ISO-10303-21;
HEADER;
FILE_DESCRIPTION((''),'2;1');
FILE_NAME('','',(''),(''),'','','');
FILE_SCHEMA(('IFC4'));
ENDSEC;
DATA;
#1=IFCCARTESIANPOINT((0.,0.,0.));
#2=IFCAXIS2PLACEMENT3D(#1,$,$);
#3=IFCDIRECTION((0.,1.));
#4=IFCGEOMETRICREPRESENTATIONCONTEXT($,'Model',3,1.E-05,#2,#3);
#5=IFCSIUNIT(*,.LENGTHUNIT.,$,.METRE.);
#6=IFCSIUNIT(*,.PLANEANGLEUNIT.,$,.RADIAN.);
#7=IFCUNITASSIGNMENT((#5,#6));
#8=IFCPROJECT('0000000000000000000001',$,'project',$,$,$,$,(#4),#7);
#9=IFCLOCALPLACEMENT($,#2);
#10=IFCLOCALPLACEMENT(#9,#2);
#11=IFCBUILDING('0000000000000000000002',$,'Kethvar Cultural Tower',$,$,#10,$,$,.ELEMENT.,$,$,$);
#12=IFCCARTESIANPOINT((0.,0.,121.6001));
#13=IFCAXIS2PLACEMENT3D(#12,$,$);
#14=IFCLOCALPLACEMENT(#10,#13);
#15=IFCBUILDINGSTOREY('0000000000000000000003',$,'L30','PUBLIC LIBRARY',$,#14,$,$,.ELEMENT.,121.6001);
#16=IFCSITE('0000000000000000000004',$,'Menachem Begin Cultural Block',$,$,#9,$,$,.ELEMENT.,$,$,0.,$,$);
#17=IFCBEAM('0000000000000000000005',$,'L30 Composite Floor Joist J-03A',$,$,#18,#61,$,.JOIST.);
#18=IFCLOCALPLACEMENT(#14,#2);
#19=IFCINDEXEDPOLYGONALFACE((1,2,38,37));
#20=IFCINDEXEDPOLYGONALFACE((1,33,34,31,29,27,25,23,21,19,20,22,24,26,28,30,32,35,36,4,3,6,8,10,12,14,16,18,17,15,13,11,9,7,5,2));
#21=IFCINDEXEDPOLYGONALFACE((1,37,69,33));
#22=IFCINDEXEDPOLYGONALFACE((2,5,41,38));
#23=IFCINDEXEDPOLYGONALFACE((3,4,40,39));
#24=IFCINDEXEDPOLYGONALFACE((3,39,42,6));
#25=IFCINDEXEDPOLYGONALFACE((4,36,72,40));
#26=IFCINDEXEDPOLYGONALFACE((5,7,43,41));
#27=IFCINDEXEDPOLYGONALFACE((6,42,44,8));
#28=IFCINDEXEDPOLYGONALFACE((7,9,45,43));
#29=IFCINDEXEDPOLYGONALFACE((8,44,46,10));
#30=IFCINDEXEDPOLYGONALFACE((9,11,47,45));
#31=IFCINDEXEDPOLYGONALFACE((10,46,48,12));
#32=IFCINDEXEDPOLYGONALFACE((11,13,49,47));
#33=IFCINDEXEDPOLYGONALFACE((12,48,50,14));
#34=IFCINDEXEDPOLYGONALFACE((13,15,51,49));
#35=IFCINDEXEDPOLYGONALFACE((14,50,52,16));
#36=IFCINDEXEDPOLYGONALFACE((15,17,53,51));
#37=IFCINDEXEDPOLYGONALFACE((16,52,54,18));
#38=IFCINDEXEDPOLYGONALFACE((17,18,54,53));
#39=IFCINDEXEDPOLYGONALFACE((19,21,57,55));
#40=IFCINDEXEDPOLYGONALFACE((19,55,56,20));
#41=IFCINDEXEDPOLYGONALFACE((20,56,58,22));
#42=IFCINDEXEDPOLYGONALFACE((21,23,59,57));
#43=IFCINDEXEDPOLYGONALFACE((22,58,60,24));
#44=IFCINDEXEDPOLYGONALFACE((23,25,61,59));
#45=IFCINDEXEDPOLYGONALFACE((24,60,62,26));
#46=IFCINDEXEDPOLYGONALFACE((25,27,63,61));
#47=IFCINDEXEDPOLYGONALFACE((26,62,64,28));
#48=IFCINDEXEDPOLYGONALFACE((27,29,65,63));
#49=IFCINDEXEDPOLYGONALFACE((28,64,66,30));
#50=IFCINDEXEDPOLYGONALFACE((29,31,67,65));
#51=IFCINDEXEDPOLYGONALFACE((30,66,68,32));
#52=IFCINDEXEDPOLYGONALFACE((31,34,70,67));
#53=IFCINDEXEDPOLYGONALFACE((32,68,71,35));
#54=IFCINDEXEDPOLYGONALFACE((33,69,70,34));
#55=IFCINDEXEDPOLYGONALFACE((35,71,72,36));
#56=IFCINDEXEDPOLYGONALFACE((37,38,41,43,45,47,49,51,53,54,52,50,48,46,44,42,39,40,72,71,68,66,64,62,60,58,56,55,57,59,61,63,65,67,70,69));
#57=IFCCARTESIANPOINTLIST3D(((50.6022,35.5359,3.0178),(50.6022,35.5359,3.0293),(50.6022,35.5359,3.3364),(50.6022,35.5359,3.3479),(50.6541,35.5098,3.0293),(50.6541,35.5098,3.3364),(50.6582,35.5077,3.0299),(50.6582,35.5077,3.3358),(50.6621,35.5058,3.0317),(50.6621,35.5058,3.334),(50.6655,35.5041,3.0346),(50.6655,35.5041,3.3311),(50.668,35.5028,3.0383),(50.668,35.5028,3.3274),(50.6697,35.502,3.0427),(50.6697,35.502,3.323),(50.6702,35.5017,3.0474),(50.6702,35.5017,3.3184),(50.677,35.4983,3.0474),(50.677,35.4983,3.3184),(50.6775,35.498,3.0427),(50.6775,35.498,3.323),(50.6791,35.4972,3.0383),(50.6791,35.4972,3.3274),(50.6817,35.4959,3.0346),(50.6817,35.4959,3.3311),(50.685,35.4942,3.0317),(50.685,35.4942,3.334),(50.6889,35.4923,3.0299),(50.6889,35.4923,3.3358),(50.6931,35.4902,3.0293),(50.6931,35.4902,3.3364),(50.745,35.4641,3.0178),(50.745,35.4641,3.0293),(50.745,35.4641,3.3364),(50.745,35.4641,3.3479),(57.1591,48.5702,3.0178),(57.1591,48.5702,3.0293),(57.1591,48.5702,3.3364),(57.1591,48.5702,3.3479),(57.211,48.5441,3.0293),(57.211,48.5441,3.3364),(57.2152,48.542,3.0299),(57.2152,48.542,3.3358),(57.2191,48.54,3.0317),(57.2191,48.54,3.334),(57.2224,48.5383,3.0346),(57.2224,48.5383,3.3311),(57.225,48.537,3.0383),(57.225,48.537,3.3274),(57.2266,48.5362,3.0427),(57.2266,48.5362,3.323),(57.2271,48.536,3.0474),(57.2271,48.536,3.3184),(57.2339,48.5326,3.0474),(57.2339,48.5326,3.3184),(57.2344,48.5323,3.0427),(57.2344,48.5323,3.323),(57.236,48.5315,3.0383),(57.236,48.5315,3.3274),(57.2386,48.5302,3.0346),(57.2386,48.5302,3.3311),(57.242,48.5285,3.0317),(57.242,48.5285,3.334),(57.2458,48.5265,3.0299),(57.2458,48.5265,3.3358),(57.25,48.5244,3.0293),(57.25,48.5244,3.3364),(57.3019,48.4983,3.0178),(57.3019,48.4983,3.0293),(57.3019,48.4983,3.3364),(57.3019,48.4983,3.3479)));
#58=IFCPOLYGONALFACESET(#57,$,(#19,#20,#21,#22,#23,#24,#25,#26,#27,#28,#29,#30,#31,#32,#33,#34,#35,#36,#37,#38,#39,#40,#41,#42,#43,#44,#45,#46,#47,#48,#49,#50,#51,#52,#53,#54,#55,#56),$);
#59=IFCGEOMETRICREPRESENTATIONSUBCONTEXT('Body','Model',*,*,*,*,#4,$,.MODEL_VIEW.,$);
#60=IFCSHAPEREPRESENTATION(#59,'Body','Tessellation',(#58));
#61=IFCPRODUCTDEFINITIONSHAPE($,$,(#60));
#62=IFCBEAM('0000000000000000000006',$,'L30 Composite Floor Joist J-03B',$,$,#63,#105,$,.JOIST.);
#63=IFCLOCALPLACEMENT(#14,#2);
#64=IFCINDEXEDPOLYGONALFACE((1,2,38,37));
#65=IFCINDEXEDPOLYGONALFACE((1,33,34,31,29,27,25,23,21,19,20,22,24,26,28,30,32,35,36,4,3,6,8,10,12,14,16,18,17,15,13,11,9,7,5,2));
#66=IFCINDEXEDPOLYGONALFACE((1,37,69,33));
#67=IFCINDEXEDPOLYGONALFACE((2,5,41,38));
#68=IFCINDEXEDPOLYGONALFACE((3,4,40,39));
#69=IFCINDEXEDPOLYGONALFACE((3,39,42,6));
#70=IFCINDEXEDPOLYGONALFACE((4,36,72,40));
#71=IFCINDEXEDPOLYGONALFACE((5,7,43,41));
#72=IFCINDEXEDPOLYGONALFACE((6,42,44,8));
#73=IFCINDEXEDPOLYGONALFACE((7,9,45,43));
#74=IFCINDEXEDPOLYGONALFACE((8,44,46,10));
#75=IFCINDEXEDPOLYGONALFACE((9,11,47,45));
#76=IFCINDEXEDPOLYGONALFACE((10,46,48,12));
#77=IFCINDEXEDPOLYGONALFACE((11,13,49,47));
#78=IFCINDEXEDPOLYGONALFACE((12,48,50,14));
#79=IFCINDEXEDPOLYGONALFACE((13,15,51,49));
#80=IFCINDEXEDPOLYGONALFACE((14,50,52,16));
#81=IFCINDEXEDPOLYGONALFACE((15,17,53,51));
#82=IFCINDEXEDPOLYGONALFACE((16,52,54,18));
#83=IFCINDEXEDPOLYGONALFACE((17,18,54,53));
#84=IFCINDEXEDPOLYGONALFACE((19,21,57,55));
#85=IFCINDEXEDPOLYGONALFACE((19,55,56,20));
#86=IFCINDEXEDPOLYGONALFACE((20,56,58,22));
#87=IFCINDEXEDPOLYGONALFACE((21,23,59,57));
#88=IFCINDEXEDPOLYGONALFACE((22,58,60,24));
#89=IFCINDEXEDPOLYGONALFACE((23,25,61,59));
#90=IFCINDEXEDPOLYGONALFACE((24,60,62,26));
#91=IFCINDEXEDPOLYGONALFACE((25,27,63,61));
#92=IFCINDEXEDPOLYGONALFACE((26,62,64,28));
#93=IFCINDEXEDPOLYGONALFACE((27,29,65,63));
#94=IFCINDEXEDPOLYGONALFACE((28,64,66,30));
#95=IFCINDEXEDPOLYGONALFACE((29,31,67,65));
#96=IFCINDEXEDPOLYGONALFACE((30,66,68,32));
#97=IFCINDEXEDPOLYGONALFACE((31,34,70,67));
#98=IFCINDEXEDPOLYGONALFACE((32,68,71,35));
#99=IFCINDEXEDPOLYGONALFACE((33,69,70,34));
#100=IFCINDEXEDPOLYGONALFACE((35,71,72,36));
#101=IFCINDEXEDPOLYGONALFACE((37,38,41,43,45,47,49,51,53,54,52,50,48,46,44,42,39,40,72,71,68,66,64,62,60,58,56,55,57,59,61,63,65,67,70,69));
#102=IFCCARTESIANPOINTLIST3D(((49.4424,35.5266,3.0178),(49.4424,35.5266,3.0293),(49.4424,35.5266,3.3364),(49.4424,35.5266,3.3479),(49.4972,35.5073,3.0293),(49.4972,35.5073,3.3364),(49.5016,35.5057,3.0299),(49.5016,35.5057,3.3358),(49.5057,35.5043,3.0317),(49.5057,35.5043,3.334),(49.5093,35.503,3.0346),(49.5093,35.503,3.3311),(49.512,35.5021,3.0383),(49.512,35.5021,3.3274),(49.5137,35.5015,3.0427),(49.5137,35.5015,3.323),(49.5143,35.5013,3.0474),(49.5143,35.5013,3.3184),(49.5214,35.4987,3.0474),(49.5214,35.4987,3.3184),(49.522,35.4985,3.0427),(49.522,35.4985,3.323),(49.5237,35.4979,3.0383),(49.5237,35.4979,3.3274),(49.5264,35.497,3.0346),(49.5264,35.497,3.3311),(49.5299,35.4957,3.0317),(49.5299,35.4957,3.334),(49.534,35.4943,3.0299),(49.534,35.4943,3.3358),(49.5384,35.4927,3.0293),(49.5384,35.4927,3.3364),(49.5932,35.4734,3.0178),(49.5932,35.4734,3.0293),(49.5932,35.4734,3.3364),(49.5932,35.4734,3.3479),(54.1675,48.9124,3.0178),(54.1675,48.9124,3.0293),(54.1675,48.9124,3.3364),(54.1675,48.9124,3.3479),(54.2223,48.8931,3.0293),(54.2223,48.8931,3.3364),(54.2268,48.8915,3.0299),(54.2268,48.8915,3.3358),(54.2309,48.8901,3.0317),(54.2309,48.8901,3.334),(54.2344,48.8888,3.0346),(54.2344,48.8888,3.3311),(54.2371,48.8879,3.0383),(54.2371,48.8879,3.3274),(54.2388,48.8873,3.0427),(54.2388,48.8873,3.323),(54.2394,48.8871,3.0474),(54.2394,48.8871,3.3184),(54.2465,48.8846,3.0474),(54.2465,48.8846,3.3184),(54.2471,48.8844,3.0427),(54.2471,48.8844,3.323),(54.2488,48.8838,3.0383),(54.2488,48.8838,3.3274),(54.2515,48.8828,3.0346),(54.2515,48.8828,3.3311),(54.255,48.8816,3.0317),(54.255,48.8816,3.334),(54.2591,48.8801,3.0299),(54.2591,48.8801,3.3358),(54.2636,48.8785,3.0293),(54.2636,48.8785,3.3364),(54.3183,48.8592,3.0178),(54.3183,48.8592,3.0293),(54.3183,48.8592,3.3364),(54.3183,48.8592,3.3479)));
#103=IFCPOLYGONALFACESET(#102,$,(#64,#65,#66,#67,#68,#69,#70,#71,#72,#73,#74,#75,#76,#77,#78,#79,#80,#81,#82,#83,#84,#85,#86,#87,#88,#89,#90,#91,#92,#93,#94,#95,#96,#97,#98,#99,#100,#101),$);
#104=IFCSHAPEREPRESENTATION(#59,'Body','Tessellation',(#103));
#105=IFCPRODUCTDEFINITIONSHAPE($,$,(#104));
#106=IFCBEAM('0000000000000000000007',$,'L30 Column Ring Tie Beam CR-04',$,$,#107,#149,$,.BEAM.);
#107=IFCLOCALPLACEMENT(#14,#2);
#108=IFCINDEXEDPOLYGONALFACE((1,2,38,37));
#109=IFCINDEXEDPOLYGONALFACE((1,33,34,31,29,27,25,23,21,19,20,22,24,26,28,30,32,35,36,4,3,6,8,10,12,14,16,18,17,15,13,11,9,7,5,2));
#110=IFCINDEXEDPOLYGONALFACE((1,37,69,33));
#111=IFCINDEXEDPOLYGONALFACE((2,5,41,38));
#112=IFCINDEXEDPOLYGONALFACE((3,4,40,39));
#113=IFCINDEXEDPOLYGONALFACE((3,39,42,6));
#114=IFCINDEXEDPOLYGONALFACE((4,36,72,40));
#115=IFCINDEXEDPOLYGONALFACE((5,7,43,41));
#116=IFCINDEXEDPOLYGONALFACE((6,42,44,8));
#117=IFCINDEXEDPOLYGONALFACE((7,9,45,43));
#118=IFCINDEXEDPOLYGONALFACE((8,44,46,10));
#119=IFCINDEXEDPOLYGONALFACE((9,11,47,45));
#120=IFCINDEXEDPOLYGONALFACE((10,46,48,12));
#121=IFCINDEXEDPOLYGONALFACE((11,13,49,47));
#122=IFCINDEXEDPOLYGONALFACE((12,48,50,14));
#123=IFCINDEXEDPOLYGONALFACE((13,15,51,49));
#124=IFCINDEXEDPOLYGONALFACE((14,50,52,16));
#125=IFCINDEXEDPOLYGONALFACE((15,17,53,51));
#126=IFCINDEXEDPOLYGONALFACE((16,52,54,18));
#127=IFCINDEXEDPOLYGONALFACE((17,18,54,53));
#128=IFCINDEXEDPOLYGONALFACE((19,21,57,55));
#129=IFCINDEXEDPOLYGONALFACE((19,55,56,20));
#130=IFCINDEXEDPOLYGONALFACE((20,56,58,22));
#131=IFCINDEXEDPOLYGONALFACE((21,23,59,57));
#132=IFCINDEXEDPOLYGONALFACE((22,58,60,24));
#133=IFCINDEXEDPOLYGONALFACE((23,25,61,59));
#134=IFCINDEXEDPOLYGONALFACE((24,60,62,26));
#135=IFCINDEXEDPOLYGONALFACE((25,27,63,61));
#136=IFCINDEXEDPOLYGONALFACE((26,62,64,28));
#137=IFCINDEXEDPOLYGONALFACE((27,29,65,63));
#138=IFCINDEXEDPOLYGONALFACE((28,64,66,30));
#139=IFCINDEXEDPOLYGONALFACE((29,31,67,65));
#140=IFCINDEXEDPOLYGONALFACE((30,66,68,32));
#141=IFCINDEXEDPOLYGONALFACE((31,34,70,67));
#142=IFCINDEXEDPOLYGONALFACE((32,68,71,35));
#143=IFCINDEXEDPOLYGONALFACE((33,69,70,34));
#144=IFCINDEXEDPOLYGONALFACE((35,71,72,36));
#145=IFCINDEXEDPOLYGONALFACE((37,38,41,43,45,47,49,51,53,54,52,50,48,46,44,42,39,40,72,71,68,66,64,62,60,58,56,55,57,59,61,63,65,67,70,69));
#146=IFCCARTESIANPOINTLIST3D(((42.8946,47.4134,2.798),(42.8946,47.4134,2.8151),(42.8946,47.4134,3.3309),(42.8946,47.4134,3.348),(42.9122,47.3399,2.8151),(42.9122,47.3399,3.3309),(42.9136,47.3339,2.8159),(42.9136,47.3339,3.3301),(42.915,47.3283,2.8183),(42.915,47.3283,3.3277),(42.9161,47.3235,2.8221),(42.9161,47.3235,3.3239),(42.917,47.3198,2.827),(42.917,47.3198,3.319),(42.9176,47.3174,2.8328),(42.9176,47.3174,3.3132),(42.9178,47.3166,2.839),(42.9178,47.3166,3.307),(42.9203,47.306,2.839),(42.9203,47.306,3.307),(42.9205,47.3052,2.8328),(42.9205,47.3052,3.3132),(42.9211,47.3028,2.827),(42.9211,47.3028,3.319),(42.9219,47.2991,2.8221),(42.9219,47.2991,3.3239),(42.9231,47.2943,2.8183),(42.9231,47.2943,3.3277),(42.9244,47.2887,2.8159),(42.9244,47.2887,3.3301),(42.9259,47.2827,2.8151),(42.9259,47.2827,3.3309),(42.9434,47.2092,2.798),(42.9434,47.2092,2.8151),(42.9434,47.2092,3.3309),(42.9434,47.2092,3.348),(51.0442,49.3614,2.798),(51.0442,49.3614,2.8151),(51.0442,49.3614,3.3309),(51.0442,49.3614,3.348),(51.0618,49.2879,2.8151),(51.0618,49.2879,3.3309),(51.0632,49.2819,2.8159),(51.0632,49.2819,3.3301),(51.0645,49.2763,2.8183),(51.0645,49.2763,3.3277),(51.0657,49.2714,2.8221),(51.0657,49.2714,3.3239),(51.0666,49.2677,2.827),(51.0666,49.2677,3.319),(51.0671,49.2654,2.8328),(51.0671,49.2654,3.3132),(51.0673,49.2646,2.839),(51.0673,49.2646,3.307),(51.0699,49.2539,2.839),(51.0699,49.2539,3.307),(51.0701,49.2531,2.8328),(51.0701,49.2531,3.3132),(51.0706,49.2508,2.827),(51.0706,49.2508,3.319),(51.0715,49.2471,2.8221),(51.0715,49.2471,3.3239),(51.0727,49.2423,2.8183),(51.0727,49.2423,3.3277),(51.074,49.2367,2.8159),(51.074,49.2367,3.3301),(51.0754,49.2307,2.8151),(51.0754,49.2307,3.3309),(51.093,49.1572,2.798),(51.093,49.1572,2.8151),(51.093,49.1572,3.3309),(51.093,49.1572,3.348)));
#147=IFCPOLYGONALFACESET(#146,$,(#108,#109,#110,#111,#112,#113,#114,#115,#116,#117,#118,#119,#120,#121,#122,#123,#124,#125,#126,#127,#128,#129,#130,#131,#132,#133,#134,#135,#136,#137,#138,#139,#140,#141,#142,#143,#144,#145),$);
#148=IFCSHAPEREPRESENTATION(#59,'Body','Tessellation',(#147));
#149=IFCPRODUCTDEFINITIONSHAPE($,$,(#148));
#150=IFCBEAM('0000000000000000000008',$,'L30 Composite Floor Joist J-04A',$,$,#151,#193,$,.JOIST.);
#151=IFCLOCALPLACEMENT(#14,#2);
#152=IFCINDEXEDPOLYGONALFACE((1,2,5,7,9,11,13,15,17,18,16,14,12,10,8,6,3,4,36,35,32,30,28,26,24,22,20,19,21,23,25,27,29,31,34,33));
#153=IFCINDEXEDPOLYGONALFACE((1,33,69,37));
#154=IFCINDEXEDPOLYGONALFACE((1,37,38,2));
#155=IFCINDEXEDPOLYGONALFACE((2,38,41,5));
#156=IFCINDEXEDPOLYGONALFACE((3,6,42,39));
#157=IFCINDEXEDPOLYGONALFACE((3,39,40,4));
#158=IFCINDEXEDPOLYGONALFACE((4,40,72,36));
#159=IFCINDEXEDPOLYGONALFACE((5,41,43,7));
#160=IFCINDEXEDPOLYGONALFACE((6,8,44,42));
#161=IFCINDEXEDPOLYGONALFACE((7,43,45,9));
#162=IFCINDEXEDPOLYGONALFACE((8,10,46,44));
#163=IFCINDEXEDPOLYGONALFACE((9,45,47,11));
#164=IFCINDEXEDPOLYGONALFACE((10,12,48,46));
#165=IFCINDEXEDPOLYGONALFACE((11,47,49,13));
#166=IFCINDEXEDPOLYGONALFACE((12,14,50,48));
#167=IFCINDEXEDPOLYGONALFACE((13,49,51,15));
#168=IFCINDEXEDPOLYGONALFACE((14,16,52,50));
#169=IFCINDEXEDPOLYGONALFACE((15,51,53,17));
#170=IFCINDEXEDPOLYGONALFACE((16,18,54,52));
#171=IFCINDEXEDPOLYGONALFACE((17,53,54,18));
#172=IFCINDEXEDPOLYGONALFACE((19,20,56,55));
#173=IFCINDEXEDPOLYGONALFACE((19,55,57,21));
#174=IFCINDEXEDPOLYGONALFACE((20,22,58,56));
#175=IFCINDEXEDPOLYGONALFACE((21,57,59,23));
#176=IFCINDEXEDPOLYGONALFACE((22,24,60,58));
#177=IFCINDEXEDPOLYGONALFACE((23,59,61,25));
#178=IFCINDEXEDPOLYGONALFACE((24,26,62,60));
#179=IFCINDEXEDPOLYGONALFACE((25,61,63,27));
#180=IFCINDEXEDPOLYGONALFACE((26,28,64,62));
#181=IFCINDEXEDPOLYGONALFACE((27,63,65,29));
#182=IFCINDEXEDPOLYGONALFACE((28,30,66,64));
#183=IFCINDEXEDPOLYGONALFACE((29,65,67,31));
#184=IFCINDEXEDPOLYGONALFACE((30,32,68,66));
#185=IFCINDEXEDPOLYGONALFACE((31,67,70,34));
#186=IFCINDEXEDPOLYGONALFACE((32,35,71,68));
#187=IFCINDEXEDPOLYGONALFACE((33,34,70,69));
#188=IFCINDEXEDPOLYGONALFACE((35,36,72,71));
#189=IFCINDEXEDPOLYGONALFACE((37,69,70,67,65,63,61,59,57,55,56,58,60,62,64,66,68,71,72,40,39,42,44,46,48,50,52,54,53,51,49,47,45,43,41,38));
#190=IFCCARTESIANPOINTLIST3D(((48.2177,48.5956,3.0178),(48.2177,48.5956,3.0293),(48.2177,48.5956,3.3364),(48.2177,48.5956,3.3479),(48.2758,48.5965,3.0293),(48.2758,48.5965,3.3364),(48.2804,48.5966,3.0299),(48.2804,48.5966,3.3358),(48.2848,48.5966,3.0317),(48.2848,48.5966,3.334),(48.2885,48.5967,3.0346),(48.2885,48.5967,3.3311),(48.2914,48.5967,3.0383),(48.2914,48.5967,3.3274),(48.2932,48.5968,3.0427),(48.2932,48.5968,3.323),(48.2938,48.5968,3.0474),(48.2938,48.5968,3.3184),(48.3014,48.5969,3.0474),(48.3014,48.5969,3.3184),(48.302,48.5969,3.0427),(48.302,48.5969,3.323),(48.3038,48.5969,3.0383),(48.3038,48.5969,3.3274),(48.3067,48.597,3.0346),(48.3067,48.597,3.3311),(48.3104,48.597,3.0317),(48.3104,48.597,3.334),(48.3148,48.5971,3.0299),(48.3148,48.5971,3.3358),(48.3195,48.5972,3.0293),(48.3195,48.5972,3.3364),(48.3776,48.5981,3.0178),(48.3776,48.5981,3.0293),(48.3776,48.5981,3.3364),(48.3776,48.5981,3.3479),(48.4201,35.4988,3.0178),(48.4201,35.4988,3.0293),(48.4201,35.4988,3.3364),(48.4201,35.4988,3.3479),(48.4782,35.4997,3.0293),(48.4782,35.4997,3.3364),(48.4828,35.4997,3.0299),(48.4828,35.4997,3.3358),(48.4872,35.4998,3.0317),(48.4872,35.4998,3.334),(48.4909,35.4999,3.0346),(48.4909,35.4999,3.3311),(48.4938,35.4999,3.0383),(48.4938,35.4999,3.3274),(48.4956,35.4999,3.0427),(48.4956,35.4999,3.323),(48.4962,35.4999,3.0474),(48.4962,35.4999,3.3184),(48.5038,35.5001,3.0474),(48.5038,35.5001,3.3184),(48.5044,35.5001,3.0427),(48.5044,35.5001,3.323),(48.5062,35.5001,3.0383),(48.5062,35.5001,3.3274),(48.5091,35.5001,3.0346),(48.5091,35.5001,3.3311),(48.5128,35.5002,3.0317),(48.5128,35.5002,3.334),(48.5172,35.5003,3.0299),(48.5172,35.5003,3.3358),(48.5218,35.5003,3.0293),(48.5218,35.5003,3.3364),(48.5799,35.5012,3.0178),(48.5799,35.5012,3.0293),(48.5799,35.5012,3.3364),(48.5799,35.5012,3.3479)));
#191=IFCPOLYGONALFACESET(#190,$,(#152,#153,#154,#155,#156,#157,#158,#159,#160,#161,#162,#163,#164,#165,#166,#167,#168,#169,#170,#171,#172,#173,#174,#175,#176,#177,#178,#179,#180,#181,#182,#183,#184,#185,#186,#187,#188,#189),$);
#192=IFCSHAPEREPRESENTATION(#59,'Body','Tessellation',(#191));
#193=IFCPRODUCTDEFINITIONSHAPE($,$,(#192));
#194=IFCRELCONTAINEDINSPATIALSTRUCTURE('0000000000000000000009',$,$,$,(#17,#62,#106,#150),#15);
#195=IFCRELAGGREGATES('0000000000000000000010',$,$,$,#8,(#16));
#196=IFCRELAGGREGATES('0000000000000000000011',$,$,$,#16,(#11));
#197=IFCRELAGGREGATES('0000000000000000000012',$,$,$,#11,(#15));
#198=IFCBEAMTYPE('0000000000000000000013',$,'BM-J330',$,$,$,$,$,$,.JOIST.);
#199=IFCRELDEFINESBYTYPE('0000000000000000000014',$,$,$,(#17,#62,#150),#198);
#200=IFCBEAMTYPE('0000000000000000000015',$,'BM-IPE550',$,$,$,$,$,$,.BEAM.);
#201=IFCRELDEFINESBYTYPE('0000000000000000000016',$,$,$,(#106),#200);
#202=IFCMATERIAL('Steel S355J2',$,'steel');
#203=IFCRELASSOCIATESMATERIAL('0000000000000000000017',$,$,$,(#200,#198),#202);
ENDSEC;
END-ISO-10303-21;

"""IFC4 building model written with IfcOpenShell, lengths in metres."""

from ifc_helpers import new_model, si_unit, direction, frame, origin, origin_2d, place, context, subcontext, project, spatial, i_section, extrude, source, transform, mapped, material, material_profile, profile_set, type_object, element, save


model = new_model("IFC4")

# Units and contexts
model_context = context("Model", 3, precision=1e-05, world=origin(), true_north=direction((0.0, 1.0)))
body_context = subcontext(model_context, "Body", "Model", "MODEL_VIEW")
ifc_project = project(units=[si_unit("LENGTHUNIT", "METRE"), si_unit("PLANEANGLEUNIT", "RADIAN")], contexts=[model_context])

# Site, building, storey
site_placement = place(None, origin())
site = spatial("IfcSite", under=ifc_project, at=site_placement, Name="Menachem Begin Cultural Block", CompositionType="ELEMENT", RefElevation=0.0)
building_placement = place(site_placement, origin())
building = spatial("IfcBuilding", under=site, at=building_placement, Name="Kethvar Cultural Tower", CompositionType="ELEMENT")
storey_placement = place(building_placement, frame((0.0, 0.0, 121.6001)))
storey = spatial("IfcBuildingStorey", under=building, at=storey_placement, Name="L30", Description="PUBLIC LIBRARY", CompositionType="ELEMENT", Elevation=121.6001)

# Beams
ifc_material_1 = material(Name="Steel S355J2", Category="steel")
ifc_material_profile_1 = material_profile(ifc_material_1, i_section(OverallWidth=0.21, OverallDepth=0.55, WebThickness=0.011, FlangeThickness=0.0171, FilletRadius=0.0239, at=origin_2d()), Name="Steel S355J2 — IPE550")
ifc_profile_set_1 = profile_set([ifc_material_profile_1], Name="Steel S355J2 — IPE550")
beam_type_1 = type_object("IfcBeamType", Name="BM-IPE550", PredefinedType="BEAM", material=ifc_profile_set_1)
ifc_material_profile_2 = material_profile(ifc_material_1, i_section(OverallWidth=0.1599, OverallDepth=0.3301, WebThickness=0.0076, FlangeThickness=0.0115, FilletRadius=0.0181, at=origin_2d()), Name="Steel S355J2 — IPE330")
ifc_profile_set_2 = profile_set([ifc_material_profile_2], Name="Steel S355J2 — IPE330")
beam_type_2 = type_object("IfcBeamType", Name="BM-J330", PredefinedType="JOIST", material=ifc_profile_set_2)
shared_shape_1 = source(origin(), body_context, "Body", "SweptSolid", [
    extrude(i_section(OverallWidth=0.1599, OverallDepth=0.3301, WebThickness=0.0076, FlangeThickness=0.0115, FilletRadius=0.0181, at=origin_2d()), origin(), (0.0, 0.0, 1.0), 14.5906),
])
beam_1_placement = place(storey_placement, frame((50.6736, 35.5, 3.1829), z_axis=(0.449394, 0.893334, 0.0), x_axis=(-0.893334, 0.449394, 0.0)))
element("IfcBeam", 1, at=beam_1_placement, inside=storey, type_object=beam_type_2, Name="L30 Composite Floor Joist J-03A", PredefinedType="JOIST", context=body_context, shape_type="MappedRepresentation", body=[
    mapped(shared_shape_1, transform((0.0, 0.0, 0.0), scale=1.0)),
])
shared_shape_2 = source(origin(), body_context, "Body", "SweptSolid", [
    extrude(i_section(OverallWidth=0.1599, OverallDepth=0.3301, WebThickness=0.0076, FlangeThickness=0.0115, FilletRadius=0.0181, at=origin_2d()), origin(), (0.0, 0.0, 1.0), 14.1953),
])
beam_2_placement = place(storey_placement, frame((49.5178, 35.5, 3.1829), z_axis=(0.332865, 0.942974, 0.0), x_axis=(-0.942974, 0.332865, 0.0)))
element("IfcBeam", 2, at=beam_2_placement, inside=storey, type_object=beam_type_2, Name="L30 Composite Floor Joist J-03B", PredefinedType="JOIST", context=body_context, shape_type="MappedRepresentation", body=[
    mapped(shared_shape_2, transform((0.0, 0.0, 0.0), scale=1.0)),
])
shared_shape_3 = source(origin(), body_context, "Body", "SweptSolid", [
    extrude(i_section(OverallWidth=0.21, OverallDepth=0.55, WebThickness=0.011, FlangeThickness=0.0171, FilletRadius=0.0239, at=origin_2d()), origin(), (0.0, 0.0, 1.0), 8.3792),
])
beam_3_placement = place(storey_placement, frame((51.0686, 49.2593, 3.073), z_axis=(-0.972601, -0.232479, 0.0), x_axis=(0.232479, -0.972601, 0.0)))
element("IfcBeam", 3, at=beam_3_placement, inside=storey, type_object=beam_type_1, Name="L30 Column Ring Tie Beam CR-04", PredefinedType="BEAM", context=body_context, shape_type="MappedRepresentation", body=[
    mapped(shared_shape_3, transform((0.0, 0.0, 0.0), scale=1.0)),
])
shared_shape_4 = source(origin(), body_context, "Body", "SweptSolid", [
    extrude(i_section(OverallWidth=0.1599, OverallDepth=0.3301, WebThickness=0.0076, FlangeThickness=0.0115, FilletRadius=0.0181, at=origin_2d()), origin(), (0.0, 0.0, 1.0), 13.0984),
])
beam_4_placement = place(storey_placement, frame((48.5, 35.5, 3.1829), z_axis=(-0.015452, 0.999881, 0.0), x_axis=(-0.999881, -0.015452, 0.0)))
element("IfcBeam", 4, at=beam_4_placement, inside=storey, type_object=beam_type_2, Name="L30 Composite Floor Joist J-04A", PredefinedType="JOIST", context=body_context, shape_type="MappedRepresentation", body=[
    mapped(shared_shape_4, transform((0.0, 0.0, 0.0), scale=1.0)),
])

save(model, "model.ifc")
